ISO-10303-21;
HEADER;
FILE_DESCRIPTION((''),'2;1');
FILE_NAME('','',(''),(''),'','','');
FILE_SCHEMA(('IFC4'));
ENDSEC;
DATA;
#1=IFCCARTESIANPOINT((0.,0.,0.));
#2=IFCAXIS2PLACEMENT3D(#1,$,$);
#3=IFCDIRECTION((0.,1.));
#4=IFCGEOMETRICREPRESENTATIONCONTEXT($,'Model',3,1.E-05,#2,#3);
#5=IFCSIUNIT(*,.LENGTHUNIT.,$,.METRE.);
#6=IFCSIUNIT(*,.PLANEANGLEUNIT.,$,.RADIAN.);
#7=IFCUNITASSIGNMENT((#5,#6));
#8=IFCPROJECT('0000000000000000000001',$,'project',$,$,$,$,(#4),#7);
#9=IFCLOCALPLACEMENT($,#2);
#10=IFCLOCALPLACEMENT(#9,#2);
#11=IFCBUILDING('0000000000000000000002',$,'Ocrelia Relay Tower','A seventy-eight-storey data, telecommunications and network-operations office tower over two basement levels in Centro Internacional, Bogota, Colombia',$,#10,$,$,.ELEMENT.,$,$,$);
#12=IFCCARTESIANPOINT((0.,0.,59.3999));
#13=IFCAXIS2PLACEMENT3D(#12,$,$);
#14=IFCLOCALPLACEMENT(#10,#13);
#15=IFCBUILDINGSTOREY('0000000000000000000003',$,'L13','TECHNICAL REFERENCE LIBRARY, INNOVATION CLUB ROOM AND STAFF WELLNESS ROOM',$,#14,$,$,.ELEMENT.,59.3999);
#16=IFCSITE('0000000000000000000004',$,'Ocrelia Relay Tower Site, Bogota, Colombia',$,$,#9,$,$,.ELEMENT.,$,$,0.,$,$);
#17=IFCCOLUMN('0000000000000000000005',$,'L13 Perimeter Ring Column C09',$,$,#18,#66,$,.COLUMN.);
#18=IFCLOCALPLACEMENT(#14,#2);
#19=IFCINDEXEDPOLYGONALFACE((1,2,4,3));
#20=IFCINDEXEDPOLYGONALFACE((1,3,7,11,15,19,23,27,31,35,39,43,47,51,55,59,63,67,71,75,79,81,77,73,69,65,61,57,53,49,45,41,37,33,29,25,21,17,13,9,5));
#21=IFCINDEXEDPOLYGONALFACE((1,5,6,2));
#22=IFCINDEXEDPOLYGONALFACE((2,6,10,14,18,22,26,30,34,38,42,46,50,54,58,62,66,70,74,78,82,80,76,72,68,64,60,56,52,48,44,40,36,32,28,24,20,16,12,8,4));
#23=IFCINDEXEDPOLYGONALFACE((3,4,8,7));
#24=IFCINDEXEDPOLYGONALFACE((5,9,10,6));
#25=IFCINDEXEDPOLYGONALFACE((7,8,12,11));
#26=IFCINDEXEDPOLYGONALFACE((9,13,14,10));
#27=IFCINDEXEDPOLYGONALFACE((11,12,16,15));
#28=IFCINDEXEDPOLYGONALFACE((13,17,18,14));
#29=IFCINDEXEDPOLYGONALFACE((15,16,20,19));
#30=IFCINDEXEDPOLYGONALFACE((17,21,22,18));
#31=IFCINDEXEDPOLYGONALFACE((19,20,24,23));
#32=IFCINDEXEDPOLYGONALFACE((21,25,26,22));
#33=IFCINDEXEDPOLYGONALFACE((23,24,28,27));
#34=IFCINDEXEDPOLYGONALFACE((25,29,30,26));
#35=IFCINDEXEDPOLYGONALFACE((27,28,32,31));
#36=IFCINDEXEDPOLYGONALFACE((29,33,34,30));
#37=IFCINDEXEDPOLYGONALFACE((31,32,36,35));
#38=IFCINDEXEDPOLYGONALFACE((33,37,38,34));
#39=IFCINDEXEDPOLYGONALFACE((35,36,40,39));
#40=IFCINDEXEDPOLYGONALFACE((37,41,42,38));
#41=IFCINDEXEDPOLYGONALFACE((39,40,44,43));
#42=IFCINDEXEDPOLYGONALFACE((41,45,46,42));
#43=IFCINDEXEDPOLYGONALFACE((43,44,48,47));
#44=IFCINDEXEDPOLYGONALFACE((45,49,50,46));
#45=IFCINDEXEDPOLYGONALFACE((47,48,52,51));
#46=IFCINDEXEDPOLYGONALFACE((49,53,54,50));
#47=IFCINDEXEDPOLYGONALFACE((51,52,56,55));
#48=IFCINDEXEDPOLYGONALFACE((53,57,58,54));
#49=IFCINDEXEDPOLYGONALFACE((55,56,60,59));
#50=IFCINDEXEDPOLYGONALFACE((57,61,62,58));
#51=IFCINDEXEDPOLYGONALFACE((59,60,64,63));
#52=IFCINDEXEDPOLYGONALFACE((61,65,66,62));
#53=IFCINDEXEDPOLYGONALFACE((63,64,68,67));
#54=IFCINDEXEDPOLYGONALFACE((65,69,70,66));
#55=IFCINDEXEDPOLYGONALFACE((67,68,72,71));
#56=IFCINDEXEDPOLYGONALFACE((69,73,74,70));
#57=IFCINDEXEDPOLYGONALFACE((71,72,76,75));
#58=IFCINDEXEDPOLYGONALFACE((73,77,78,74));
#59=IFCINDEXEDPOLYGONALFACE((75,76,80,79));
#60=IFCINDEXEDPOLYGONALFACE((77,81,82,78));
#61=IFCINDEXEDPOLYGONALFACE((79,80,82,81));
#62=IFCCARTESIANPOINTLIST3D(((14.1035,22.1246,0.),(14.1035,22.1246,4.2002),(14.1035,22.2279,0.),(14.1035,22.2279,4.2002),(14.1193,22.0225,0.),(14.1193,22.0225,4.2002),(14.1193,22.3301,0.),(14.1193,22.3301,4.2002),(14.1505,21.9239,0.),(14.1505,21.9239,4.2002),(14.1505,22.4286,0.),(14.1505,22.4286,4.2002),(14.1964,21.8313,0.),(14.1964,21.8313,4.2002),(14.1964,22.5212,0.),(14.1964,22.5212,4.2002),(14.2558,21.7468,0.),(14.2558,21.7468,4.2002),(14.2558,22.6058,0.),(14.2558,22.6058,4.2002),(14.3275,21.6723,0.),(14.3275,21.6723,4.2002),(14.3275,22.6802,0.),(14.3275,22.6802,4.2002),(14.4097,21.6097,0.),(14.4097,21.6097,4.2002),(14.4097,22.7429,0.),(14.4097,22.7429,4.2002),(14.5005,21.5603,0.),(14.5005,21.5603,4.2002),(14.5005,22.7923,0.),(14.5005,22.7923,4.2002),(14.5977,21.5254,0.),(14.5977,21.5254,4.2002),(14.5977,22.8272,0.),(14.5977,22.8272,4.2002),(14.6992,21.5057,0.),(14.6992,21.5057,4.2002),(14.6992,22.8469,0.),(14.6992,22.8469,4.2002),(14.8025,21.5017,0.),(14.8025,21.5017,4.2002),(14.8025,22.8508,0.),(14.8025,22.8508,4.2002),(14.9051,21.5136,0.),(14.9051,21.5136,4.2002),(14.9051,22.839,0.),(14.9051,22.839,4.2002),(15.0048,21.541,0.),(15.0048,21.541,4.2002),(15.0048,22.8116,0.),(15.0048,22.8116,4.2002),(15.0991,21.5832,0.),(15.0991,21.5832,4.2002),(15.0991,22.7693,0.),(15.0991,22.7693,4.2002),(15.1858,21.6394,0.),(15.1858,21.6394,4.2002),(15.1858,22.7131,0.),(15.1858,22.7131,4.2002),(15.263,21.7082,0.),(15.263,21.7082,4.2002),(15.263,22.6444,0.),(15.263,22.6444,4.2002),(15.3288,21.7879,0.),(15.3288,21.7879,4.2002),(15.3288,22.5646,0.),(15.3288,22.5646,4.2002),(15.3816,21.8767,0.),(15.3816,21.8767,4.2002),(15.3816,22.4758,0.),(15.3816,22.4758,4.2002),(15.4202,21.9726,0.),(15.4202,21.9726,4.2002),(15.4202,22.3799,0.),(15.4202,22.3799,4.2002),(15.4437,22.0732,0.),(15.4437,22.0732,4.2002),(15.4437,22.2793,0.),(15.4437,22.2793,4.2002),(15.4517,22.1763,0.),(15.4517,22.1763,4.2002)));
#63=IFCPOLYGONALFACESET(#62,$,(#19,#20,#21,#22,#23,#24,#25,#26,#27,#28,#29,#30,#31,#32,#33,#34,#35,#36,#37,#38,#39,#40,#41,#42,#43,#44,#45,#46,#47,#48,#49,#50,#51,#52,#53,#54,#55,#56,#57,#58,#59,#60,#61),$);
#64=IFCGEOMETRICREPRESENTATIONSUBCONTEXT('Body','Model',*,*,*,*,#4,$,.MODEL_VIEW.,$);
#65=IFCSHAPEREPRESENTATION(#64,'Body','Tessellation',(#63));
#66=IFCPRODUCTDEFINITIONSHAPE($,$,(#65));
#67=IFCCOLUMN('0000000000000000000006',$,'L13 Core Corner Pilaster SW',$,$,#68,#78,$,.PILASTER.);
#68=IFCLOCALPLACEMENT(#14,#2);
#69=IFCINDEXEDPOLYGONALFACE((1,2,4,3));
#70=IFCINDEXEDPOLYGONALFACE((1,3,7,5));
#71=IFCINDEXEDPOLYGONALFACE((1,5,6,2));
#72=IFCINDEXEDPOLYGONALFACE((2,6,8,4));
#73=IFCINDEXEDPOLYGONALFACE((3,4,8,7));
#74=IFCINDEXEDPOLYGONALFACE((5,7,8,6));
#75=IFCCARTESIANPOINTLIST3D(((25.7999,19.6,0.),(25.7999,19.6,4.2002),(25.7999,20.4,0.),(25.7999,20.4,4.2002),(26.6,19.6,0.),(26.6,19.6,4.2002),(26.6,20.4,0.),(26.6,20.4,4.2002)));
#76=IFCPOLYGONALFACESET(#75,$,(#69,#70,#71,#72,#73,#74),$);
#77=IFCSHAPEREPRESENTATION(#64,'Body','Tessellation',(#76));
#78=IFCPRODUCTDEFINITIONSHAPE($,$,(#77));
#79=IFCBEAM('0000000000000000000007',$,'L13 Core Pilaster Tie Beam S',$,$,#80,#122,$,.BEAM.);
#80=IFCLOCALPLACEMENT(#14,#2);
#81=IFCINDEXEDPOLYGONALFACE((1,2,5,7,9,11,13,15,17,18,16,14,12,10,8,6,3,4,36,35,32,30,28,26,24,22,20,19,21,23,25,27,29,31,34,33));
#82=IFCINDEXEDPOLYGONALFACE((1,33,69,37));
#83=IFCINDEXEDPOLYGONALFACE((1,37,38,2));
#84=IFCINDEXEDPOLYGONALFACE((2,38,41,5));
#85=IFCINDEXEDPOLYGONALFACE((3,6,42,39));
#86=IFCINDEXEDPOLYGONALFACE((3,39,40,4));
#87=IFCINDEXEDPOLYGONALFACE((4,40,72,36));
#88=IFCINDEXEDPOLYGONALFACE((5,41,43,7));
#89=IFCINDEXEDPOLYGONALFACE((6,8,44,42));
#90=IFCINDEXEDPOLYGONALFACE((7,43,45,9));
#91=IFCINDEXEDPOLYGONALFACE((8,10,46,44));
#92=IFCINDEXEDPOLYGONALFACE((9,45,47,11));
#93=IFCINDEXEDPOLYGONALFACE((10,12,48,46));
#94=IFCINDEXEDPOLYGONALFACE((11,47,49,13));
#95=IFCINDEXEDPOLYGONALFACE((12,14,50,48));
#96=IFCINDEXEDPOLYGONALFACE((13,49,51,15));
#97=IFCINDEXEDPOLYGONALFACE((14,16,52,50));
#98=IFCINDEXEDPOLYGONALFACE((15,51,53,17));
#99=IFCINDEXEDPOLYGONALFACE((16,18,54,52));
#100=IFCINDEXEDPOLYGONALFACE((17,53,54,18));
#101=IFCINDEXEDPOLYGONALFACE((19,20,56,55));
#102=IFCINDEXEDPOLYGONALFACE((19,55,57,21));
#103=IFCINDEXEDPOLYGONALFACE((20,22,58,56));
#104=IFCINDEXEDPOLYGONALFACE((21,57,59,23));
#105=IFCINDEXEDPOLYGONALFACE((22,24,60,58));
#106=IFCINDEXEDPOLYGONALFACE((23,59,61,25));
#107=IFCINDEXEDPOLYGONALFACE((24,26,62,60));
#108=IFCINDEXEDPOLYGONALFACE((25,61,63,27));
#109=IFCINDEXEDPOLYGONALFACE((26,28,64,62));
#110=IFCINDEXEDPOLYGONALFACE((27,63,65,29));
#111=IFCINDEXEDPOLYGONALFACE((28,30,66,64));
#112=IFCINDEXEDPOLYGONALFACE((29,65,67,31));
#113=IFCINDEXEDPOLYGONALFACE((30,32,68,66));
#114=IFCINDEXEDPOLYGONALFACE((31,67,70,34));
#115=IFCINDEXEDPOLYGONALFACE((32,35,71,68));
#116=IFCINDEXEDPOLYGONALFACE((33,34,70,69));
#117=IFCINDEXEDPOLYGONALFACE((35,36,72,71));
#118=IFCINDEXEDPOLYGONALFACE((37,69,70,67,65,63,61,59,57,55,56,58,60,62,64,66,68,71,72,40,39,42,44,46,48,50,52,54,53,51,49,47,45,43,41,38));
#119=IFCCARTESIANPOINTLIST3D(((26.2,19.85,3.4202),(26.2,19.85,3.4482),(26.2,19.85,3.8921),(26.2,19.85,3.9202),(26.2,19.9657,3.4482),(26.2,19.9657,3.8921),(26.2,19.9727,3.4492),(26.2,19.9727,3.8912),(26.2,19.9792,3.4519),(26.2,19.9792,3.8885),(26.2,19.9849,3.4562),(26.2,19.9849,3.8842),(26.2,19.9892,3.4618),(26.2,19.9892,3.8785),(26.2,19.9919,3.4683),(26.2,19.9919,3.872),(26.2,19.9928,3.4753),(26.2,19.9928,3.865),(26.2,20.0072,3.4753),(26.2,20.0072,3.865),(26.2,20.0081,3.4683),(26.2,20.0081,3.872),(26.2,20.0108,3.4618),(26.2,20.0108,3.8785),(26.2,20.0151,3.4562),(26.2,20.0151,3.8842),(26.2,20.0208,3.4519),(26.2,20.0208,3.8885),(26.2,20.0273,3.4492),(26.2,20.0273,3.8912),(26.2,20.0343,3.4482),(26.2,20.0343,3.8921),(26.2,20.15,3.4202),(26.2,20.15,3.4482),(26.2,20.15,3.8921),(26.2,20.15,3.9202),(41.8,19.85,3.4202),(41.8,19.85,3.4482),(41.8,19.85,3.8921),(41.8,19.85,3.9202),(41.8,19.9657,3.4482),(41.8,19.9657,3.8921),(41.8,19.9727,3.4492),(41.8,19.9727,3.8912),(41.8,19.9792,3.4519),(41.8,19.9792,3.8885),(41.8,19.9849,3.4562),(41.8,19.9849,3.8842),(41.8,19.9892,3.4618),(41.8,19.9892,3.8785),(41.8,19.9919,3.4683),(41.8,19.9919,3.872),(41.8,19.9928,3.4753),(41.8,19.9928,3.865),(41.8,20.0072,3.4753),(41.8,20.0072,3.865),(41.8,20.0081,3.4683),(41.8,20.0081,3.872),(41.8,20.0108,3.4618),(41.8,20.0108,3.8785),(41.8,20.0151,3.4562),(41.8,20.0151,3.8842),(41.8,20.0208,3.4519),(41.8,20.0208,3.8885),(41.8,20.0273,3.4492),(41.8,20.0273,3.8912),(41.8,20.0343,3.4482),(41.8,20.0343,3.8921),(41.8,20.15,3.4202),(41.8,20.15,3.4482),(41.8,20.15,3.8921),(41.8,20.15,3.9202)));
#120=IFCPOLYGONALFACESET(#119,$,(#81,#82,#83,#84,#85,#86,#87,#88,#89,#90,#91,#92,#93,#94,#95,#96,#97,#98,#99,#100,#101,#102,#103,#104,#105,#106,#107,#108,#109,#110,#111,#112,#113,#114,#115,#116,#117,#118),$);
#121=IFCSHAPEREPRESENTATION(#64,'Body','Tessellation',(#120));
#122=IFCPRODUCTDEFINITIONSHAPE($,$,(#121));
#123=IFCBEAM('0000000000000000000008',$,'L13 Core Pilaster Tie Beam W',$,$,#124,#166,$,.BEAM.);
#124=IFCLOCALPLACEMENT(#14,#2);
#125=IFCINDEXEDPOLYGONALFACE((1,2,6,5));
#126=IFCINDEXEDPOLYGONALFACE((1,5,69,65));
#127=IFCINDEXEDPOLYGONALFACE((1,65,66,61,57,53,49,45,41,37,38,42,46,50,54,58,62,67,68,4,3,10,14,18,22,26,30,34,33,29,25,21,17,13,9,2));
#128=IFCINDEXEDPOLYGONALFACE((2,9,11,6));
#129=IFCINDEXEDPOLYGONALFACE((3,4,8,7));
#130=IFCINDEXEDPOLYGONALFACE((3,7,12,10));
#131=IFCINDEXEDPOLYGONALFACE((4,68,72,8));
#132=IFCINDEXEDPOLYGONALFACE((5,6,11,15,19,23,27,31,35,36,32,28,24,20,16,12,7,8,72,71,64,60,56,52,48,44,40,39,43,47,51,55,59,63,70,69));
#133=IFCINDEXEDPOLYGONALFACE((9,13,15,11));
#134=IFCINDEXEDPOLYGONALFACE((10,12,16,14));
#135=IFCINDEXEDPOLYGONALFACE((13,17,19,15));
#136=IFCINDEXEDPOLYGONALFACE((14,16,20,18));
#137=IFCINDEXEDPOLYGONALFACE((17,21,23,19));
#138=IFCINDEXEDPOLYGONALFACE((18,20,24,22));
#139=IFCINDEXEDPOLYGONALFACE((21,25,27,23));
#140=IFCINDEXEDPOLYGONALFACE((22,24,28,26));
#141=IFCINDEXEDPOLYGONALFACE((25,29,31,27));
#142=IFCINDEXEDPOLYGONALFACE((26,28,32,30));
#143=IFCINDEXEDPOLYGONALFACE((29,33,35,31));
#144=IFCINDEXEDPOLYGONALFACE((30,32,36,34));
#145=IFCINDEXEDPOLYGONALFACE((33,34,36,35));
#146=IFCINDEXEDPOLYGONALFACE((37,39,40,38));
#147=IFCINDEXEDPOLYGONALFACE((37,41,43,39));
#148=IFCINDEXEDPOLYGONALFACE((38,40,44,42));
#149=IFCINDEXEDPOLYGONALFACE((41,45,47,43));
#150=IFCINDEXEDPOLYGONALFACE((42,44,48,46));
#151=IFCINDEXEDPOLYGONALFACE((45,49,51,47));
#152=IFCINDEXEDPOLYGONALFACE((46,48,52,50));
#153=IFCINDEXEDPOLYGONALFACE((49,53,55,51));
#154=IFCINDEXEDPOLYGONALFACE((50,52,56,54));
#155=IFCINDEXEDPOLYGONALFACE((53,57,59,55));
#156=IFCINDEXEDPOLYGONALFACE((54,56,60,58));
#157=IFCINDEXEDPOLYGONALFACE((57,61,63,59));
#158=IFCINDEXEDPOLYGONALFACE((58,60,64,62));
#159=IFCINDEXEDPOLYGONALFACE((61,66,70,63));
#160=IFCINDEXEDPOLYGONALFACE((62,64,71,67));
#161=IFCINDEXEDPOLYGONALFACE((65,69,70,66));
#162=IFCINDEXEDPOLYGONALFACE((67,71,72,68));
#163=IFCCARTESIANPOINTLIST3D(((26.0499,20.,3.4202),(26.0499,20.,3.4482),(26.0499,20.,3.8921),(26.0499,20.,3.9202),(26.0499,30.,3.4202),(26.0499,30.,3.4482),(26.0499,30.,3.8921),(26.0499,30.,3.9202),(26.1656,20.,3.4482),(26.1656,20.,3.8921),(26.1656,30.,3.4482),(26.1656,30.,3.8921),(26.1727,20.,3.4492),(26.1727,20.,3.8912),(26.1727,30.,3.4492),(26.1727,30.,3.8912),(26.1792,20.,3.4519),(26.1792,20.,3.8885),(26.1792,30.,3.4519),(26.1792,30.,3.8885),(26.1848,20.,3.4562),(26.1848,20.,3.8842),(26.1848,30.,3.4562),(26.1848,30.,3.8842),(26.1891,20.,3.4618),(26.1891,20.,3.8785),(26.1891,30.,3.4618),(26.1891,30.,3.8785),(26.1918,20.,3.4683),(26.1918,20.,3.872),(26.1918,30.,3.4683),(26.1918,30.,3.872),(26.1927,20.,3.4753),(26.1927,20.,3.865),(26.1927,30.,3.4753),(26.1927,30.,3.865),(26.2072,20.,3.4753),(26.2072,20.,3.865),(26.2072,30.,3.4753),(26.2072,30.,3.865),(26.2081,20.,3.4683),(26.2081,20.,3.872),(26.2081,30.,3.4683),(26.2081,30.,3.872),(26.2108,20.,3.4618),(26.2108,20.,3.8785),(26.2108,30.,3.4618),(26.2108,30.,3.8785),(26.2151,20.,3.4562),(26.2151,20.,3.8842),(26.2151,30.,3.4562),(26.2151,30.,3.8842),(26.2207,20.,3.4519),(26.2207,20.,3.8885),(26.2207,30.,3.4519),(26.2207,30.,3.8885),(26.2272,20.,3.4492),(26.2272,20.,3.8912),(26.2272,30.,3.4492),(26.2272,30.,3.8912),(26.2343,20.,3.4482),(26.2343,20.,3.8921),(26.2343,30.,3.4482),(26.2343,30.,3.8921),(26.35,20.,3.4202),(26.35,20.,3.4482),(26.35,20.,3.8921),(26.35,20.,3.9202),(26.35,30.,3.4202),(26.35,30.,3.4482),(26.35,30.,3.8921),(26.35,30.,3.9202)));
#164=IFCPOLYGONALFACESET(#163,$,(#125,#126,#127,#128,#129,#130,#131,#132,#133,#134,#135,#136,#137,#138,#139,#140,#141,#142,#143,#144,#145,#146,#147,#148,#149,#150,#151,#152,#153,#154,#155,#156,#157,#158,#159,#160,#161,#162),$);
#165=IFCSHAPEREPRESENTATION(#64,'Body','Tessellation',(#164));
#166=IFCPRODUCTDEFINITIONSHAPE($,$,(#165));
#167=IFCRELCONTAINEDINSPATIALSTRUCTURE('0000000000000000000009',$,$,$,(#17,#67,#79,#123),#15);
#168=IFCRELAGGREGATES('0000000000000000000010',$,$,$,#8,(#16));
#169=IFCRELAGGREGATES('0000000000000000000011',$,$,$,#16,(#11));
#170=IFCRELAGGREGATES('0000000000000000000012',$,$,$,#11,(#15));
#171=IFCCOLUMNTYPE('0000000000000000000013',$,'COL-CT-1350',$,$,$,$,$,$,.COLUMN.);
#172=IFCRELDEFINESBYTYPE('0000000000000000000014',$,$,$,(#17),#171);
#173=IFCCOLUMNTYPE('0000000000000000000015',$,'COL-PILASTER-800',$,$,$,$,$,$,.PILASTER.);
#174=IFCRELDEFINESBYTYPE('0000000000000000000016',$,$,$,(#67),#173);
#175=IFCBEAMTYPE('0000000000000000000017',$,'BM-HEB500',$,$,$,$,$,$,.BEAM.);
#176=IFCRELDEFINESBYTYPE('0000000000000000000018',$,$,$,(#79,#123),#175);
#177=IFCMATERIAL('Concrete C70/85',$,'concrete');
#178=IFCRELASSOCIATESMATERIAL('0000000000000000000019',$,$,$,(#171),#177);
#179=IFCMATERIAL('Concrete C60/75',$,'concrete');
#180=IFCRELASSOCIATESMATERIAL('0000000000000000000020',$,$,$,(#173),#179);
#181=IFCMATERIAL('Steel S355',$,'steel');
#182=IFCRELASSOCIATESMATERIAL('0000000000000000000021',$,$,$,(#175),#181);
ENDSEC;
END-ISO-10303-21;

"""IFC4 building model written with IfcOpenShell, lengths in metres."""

from ifc_helpers import new_model, si_unit, direction, frame, origin, origin_2d, place, context, subcontext, project, spatial, rectangle, circle, i_section, extrude, material, material_profile, profile_set, type_object, element, save


model = new_model("IFC4")

# Units and contexts
model_context = context("Model", 3, precision=1e-05, world=origin(), true_north=direction((0.0, 1.0)))
body_context = subcontext(model_context, "Body", "Model", "MODEL_VIEW")
ifc_project = project(units=[si_unit("LENGTHUNIT", "METRE"), si_unit("PLANEANGLEUNIT", "RADIAN")], contexts=[model_context])

# Site, building, storey
site_placement = place(None, origin())
site = spatial("IfcSite", under=ifc_project, at=site_placement, Name="Ocrelia Relay Tower Site, Bogota, Colombia", CompositionType="ELEMENT", RefElevation=0.0)
building_placement = place(site_placement, origin())
building = spatial("IfcBuilding", under=site, at=building_placement, Name="Ocrelia Relay Tower", Description="A seventy-eight-storey data, telecommunications and network-operations office tower over two basement levels in Centro Internacional, Bogota, Colombia", CompositionType="ELEMENT")
storey_placement = place(building_placement, frame((0.0, 0.0, 59.3999)))
storey = spatial("IfcBuildingStorey", under=building, at=storey_placement, Name="L13", Description="TECHNICAL REFERENCE LIBRARY, INNOVATION CLUB ROOM AND STAFF WELLNESS ROOM", CompositionType="ELEMENT", Elevation=59.3999)

# Columns
ifc_material_1 = material(Name="Concrete C70/85", Category="concrete")
ifc_material_profile_1 = material_profile(ifc_material_1, circle(Radius=0.675, at=origin_2d()), Name="RC-CIR-1350")
ifc_profile_set_1 = profile_set([ifc_material_profile_1], Name="Concrete C70/85")
column_type_1 = type_object("IfcColumnType", Name="COL-CT-1350", PredefinedType="COLUMN", material=ifc_profile_set_1)
column_1_placement = place(storey_placement, frame((14.7766, 22.1763, 0.0), z_axis=(0.0, 0.0, 1.0), x_axis=(1.0, 0.0, 0.0)))
element("IfcColumn", 1, at=column_1_placement, inside=storey, type_object=column_type_1, Name="L13 Perimeter Ring Column C09", PredefinedType="COLUMN", context=body_context, shape_type="SweptSolid", body=[
    extrude(circle(Radius=0.675, at=origin_2d()), origin(), (0.0, 0.0, 1.0), 4.2002),
])
ifc_material_2 = material(Name="Concrete C60/75", Category="concrete")
ifc_material_profile_2 = material_profile(ifc_material_2, rectangle(XDim=0.8, YDim=0.8, at=origin_2d()), Name="RC-COL-800x800")
ifc_profile_set_2 = profile_set([ifc_material_profile_2], Name="Concrete C60/75")
column_type_2 = type_object("IfcColumnType", Name="COL-PILASTER-800", PredefinedType="PILASTER", material=ifc_profile_set_2)
column_2_placement = place(storey_placement, frame((26.2, 20.0, 0.0), z_axis=(0.0, 0.0, 1.0), x_axis=(1.0, 0.0, 0.0)))
element("IfcColumn", 2, at=column_2_placement, inside=storey, type_object=column_type_2, Name="L13 Core Corner Pilaster SW", PredefinedType="PILASTER", context=body_context, shape_type="SweptSolid", body=[
    extrude(rectangle(XDim=0.8, YDim=0.8, at=origin_2d()), origin(), (0.0, 0.0, 1.0), 4.2002),
])

# Beams
ifc_material_3 = material(Name="Steel S355", Category="steel")
ifc_material_profile_3 = material_profile(ifc_material_3, i_section(OverallWidth=0.3, OverallDepth=0.5, WebThickness=0.0144, FlangeThickness=0.0281, FilletRadius=0.0271, at=origin_2d()), Name="HEB 500")
ifc_profile_set_3 = profile_set([ifc_material_profile_3], Name="Steel S355")
beam_type_1 = type_object("IfcBeamType", Name="BM-HEB500", PredefinedType="BEAM", material=ifc_profile_set_3)
beam_1_placement = place(storey_placement, frame((26.2, 20.0, 3.6702), z_axis=(1.0, 0.0, 0.0), x_axis=(0.0, 1.0, 0.0)))
element("IfcBeam", 3, at=beam_1_placement, inside=storey, type_object=beam_type_1, Name="L13 Core Pilaster Tie Beam S", PredefinedType="BEAM", context=body_context, shape_type="SweptSolid", body=[
    extrude(i_section(OverallWidth=0.3, OverallDepth=0.5, WebThickness=0.0144, FlangeThickness=0.0281, FilletRadius=0.0271, at=origin_2d()), origin(), (0.0, 0.0, 1.0), 15.6001),
])
beam_2_placement = place(storey_placement, frame((26.2, 20.0, 3.6702), z_axis=(0.0, 1.0, 0.0), x_axis=(-1.0, 0.0, 0.0)))
element("IfcBeam", 4, at=beam_2_placement, inside=storey, type_object=beam_type_1, Name="L13 Core Pilaster Tie Beam W", PredefinedType="BEAM", context=body_context, shape_type="SweptSolid", body=[
    extrude(i_section(OverallWidth=0.3, OverallDepth=0.5, WebThickness=0.0144, FlangeThickness=0.0281, FilletRadius=0.0271, at=origin_2d()), origin(), (0.0, 0.0, 1.0), 10.0),
])

save(model, "model.ifc")
